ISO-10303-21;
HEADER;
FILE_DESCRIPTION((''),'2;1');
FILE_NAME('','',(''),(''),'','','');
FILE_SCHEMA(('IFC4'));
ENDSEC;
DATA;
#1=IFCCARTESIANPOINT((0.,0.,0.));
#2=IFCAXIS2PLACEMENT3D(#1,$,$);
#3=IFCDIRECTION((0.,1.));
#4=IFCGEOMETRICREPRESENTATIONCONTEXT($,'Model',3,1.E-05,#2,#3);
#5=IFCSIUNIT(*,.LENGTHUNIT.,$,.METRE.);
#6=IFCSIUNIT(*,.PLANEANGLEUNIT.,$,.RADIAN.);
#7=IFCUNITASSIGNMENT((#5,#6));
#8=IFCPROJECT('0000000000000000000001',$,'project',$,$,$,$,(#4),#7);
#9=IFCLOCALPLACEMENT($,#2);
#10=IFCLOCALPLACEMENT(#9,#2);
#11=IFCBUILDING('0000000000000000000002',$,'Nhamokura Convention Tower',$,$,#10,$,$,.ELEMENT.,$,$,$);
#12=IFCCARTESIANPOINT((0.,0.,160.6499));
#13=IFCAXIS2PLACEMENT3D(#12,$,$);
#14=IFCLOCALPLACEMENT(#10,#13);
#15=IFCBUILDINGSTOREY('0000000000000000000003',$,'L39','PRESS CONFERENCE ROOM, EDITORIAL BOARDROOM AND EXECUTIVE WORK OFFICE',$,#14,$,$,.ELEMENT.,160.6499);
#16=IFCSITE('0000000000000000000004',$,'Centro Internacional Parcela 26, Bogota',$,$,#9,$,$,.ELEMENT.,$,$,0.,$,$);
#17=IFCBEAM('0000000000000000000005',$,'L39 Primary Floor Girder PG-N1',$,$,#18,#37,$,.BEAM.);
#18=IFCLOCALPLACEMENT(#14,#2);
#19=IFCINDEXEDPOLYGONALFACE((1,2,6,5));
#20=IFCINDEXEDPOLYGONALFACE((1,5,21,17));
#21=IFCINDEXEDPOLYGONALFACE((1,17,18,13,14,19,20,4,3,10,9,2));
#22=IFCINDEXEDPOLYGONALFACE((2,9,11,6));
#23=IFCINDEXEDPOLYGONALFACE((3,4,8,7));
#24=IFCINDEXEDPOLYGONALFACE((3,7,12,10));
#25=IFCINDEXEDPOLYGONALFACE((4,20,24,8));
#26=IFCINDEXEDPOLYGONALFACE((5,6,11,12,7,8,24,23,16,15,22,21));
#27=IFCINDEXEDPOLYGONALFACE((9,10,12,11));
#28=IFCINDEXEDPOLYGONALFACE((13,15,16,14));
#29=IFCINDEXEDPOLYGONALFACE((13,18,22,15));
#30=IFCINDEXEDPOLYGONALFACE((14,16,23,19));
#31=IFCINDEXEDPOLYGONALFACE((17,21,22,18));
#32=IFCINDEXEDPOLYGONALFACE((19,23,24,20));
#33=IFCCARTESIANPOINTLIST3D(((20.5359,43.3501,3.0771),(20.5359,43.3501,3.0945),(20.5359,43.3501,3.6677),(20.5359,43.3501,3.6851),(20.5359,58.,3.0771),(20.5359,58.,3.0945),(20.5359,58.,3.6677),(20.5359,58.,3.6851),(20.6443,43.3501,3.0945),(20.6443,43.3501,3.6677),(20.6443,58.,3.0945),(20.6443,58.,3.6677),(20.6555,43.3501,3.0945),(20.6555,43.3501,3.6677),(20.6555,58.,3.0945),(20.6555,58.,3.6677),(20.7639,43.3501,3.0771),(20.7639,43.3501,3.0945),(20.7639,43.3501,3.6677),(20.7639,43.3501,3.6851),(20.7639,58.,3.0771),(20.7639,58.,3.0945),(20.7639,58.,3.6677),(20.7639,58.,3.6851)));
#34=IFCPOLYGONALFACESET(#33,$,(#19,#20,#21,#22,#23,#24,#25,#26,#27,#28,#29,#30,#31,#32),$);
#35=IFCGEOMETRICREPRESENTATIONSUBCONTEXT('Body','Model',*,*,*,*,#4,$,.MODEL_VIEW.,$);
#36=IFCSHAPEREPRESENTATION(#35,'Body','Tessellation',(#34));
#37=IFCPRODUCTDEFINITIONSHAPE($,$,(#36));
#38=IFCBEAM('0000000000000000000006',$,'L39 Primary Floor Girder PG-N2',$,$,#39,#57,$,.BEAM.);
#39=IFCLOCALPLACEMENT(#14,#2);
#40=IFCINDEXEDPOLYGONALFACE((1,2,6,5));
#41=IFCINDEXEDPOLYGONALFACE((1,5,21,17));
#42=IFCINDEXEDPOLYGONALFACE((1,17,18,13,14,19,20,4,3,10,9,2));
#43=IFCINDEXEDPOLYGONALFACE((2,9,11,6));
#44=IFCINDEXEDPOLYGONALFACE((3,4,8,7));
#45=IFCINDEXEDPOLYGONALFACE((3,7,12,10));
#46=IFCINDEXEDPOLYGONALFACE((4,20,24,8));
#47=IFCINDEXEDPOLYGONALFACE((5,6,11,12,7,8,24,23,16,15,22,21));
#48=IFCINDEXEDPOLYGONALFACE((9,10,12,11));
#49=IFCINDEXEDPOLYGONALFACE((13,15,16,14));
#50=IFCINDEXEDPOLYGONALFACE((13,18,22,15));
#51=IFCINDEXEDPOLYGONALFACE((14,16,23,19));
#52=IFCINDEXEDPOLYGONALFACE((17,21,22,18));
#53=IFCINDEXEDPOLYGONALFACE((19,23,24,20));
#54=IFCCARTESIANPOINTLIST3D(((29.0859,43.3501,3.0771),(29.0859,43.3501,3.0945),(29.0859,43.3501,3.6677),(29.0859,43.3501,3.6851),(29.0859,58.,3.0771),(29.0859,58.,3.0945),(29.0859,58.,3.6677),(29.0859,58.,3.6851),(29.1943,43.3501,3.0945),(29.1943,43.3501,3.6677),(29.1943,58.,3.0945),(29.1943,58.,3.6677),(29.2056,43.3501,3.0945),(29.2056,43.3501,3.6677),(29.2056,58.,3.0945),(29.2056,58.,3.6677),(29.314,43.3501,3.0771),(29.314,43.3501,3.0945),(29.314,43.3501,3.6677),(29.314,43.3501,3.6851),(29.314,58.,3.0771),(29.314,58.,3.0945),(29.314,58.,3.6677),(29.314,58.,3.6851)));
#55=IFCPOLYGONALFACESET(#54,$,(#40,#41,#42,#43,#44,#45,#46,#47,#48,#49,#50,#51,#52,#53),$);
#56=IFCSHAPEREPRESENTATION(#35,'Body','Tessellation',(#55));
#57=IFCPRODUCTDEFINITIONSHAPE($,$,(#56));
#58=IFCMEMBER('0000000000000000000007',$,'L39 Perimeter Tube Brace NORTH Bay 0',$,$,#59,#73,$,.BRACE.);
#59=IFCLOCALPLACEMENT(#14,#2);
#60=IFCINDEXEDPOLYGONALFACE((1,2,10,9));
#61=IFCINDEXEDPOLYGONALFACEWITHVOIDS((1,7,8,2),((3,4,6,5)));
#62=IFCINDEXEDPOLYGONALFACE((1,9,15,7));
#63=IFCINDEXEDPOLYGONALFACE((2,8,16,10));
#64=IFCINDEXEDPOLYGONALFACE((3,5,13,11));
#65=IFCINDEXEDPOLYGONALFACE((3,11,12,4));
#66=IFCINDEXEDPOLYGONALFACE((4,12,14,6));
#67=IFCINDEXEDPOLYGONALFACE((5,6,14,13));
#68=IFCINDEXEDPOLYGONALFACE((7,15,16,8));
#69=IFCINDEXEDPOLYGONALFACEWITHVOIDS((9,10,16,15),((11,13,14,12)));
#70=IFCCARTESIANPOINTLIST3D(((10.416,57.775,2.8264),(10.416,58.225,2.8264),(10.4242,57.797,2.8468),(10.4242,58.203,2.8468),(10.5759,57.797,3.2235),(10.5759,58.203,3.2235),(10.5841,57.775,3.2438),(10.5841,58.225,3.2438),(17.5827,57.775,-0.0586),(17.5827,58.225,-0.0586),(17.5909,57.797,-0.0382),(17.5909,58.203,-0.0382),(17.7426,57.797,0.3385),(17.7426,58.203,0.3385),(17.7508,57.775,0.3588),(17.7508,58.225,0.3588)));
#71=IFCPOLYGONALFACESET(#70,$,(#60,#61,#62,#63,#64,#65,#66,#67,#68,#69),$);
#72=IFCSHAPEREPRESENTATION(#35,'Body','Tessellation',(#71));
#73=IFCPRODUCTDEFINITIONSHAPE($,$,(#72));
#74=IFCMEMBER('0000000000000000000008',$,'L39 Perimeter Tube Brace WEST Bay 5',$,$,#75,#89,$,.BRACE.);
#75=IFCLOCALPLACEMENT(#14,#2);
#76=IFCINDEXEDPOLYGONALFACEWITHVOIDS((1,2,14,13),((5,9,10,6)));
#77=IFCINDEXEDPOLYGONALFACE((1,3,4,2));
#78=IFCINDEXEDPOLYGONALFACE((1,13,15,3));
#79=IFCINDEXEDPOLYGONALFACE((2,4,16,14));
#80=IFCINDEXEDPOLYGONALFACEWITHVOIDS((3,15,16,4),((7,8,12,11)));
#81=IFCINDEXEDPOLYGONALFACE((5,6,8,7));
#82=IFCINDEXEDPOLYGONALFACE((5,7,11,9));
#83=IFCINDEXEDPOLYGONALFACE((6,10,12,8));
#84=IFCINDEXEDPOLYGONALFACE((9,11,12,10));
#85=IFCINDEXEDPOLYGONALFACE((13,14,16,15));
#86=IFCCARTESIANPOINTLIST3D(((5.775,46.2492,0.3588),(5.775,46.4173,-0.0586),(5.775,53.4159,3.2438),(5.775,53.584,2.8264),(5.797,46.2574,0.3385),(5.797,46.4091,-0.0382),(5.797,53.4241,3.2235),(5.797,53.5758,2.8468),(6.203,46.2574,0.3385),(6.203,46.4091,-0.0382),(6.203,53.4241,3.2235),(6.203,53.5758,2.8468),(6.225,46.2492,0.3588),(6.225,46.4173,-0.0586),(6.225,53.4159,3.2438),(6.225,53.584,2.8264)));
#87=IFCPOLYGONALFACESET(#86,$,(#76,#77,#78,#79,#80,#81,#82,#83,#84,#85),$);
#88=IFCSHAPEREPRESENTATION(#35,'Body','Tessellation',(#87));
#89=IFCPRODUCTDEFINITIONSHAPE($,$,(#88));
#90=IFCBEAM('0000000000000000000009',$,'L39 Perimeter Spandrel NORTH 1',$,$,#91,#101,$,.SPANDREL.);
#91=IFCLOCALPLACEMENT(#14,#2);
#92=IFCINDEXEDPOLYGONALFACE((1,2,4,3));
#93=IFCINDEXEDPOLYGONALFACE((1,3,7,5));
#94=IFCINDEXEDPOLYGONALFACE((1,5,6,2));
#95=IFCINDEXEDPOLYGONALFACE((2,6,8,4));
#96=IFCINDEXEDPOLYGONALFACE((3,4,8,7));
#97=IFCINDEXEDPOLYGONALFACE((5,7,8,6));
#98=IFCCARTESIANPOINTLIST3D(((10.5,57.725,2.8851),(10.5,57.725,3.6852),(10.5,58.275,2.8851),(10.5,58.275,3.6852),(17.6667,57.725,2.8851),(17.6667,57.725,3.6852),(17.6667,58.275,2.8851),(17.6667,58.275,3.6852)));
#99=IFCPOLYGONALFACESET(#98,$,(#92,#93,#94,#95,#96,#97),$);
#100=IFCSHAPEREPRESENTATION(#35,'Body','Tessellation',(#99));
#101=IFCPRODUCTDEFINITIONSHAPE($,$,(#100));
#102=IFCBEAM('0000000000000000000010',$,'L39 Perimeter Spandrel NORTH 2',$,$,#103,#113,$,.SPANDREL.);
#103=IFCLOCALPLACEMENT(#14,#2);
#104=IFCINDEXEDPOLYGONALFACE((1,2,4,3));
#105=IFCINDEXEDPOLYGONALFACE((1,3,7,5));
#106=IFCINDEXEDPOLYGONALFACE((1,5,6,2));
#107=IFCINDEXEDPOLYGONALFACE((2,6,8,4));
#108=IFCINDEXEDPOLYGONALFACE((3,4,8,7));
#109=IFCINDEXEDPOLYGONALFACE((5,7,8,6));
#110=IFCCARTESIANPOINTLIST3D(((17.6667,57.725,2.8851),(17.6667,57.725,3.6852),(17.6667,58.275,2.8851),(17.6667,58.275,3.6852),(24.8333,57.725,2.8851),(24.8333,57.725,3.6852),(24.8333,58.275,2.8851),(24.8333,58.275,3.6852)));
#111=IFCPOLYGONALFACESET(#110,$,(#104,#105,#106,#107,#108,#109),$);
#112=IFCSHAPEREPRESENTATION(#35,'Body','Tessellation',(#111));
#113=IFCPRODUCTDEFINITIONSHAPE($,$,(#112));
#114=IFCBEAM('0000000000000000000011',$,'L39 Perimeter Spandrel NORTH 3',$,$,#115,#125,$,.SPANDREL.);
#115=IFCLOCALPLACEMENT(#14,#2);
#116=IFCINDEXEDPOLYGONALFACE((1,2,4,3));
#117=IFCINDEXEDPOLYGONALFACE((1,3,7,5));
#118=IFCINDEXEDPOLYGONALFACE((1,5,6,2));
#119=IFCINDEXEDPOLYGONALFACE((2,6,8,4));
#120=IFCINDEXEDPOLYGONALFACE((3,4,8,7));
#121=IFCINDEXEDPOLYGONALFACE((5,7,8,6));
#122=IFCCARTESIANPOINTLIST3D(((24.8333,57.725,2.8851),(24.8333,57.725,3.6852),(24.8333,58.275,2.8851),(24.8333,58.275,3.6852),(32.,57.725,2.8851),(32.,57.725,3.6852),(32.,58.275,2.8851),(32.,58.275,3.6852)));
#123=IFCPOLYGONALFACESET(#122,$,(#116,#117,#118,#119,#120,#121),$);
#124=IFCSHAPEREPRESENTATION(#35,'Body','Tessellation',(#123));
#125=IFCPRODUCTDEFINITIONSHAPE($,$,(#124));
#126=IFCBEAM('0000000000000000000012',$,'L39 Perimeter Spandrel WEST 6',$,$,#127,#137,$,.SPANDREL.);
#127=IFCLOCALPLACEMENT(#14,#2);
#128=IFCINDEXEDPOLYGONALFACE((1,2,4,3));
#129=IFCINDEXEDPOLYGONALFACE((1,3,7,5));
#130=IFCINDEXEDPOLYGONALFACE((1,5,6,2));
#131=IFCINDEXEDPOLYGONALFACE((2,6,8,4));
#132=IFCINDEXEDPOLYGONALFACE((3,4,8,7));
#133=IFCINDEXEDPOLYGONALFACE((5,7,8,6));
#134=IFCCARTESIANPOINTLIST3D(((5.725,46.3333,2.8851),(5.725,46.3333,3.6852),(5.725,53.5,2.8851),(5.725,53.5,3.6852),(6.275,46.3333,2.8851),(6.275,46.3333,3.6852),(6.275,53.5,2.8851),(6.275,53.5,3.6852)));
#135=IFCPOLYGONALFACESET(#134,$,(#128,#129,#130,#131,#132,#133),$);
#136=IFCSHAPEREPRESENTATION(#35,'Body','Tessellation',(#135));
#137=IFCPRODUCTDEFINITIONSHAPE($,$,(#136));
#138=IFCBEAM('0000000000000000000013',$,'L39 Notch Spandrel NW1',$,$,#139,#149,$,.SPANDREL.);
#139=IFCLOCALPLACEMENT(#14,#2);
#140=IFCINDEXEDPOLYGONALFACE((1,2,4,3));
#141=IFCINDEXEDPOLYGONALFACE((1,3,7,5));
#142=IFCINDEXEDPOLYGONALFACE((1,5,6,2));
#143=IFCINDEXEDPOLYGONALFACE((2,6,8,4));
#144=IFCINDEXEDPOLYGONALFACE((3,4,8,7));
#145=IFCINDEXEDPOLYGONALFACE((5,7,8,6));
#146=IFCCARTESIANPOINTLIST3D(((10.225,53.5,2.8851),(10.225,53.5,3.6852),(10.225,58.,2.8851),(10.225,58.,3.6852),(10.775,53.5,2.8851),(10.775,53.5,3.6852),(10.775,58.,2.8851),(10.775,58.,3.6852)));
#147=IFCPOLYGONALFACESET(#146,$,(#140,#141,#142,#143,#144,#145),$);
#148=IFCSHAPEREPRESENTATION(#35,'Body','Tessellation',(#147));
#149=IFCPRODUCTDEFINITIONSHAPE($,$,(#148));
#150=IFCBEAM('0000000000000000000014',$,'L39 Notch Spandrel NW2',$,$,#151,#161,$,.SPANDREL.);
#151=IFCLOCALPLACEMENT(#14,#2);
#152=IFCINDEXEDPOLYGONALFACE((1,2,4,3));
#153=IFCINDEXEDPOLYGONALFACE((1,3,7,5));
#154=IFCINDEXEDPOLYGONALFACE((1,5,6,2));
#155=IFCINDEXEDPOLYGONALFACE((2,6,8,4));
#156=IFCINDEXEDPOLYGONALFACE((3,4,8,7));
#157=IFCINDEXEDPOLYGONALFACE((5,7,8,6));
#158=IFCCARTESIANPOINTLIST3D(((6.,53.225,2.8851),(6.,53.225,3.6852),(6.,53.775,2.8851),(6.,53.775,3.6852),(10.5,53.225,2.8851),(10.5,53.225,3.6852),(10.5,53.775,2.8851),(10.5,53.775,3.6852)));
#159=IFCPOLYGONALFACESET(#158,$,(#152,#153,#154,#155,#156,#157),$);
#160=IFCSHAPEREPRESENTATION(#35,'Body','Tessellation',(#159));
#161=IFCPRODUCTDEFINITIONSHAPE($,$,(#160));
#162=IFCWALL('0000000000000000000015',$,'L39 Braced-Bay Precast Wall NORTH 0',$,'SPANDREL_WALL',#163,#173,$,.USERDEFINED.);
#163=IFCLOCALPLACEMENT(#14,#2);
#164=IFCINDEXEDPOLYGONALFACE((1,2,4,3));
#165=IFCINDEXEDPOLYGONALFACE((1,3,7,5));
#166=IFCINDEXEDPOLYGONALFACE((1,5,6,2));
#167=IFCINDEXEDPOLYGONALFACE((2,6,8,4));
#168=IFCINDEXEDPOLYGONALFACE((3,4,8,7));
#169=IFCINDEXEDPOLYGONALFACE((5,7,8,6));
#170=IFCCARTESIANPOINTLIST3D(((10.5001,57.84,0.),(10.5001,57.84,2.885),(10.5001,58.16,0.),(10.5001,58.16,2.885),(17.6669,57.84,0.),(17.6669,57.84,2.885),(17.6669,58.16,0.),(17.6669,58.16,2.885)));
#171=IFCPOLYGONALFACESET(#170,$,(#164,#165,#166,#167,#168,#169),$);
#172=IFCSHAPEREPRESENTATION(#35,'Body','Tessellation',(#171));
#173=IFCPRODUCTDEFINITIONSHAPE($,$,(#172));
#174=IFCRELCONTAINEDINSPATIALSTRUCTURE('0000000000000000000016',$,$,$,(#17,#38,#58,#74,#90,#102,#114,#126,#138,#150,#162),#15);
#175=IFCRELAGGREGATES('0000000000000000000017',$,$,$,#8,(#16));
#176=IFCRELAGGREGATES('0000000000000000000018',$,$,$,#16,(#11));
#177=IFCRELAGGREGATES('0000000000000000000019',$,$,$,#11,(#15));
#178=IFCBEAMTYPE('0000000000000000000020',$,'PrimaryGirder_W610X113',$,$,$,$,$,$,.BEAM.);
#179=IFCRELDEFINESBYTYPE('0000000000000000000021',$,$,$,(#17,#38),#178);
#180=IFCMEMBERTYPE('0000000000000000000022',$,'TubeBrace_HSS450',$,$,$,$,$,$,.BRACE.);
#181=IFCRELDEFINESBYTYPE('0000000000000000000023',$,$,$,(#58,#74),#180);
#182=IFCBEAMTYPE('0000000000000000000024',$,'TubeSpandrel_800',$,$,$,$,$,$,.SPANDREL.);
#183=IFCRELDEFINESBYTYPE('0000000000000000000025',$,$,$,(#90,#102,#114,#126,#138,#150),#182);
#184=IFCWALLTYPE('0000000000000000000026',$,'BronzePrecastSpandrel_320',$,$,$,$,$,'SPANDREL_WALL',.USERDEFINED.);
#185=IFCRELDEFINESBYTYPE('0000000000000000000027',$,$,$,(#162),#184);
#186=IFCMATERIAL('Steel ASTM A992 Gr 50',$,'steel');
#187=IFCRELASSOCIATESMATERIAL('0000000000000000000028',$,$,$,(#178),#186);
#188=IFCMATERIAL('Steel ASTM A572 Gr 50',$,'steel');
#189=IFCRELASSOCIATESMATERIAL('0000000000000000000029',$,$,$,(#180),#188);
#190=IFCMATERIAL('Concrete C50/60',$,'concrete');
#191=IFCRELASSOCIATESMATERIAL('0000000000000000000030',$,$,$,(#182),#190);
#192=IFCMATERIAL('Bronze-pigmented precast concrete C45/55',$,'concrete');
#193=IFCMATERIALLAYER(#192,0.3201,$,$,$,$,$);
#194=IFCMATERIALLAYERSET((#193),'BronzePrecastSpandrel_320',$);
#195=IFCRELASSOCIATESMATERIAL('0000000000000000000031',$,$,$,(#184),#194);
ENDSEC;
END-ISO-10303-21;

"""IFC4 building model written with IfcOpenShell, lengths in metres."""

from ifc_helpers import new_model, si_unit, direction, frame, frame_2d, origin, origin_2d, place, context, subcontext, project, spatial, rectangle, hollow_rectangle, i_section, extrude, material, layer, layer_set, material_profile, profile_set, type_object, element, save


model = new_model("IFC4")

# Units and contexts
model_context = context("Model", 3, precision=1e-05, world=origin(), true_north=direction((0.0, 1.0)))
body_context = subcontext(model_context, "Body", "Model", "MODEL_VIEW")
ifc_project = project(units=[si_unit("LENGTHUNIT", "METRE"), si_unit("PLANEANGLEUNIT", "RADIAN")], contexts=[model_context])

# Site, building, storey
site_placement = place(None, origin())
site = spatial("IfcSite", under=ifc_project, at=site_placement, Name="Centro Internacional Parcela 26, Bogota", CompositionType="ELEMENT", RefElevation=0.0)
building_placement = place(site_placement, origin())
building = spatial("IfcBuilding", under=site, at=building_placement, Name="Nhamokura Convention Tower", CompositionType="ELEMENT")
storey_placement = place(building_placement, frame((0.0, 0.0, 160.6499)))
storey = spatial("IfcBuildingStorey", under=building, at=storey_placement, Name="L39", Description="PRESS CONFERENCE ROOM, EDITORIAL BOARDROOM AND EXECUTIVE WORK OFFICE", CompositionType="ELEMENT", Elevation=160.6499)

# Beams
ifc_material_1 = material(Name="Steel ASTM A992 Gr 50", Category="steel")
ifc_material_profile_1 = material_profile(ifc_material_1, i_section(OverallWidth=0.228, OverallDepth=0.6079, WebThickness=0.0112, FlangeThickness=0.0173, at=origin_2d()))
ifc_profile_set_1 = profile_set([ifc_material_profile_1], Name="Steel ASTM A992 Gr 50")
beam_type_1 = type_object("IfcBeamType", Name="PrimaryGirder_W610X113", PredefinedType="BEAM", material=ifc_profile_set_1)
for number, where, z_axis, x_axis, name in (
    (1, (20.6499, 43.3501, 3.3811), (0.0, 1.0, 0.0), (-1.0, 0.0, 0.0), "L39 Primary Floor Girder PG-N1"),
    (2, (29.2, 43.3501, 3.3811), (0.0, 1.0, 0.0), (-1.0, 0.0, 0.0), "L39 Primary Floor Girder PG-N2"),
):
    element("IfcBeam", number, at=place(storey_placement, frame(where, z_axis=z_axis, x_axis=x_axis)), inside=storey, type_object=beam_type_1, Name=name, PredefinedType="BEAM", context=body_context, shape_type="SweptSolid", body=[
        extrude(i_section(OverallWidth=0.228, OverallDepth=0.6079, WebThickness=0.0112, FlangeThickness=0.0173, at=origin_2d()), origin(), (0.0, 0.0, 1.0), 14.6499),
    ])

# Members
ifc_material_2 = material(Name="Steel ASTM A572 Gr 50", Category="steel")
ifc_material_profile_2 = material_profile(ifc_material_2, hollow_rectangle(XDim=0.45, YDim=0.45, WallThickness=0.022, at=origin_2d()))
ifc_profile_set_2 = profile_set([ifc_material_profile_2], Name="Steel ASTM A572 Gr 50")
member_type_1 = type_object("IfcMemberType", Name="TubeBrace_HSS450", PredefinedType="BRACE", material=ifc_profile_set_2)
for number, where, z_axis, x_axis, name in (
    (3, (17.6667, 58.0, 0.1501), (-0.927657, 0.0, 0.373433), (0.0, -1.0, 0.0), "L39 Perimeter Tube Brace NORTH Bay 0"),
    (4, (6.0, 46.3333, 0.1501), (0.0, 0.927657, 0.373433), (-1.0, 0.0, 0.0), "L39 Perimeter Tube Brace WEST Bay 5"),
):
    element("IfcMember", number, at=place(storey_placement, frame(where, z_axis=z_axis, x_axis=x_axis)), inside=storey, type_object=member_type_1, Name=name, PredefinedType="BRACE", context=body_context, shape_type="SweptSolid", body=[
        extrude(hollow_rectangle(XDim=0.45, YDim=0.45, WallThickness=0.022, at=origin_2d()), origin(), (0.0, 0.0, 1.0), 7.7256),
    ])

# Beams
ifc_material_3 = material(Name="Concrete C50/60", Category="concrete")
ifc_material_profile_3 = material_profile(ifc_material_3, rectangle(XDim=0.55, YDim=0.8, at=origin_2d()))
ifc_profile_set_3 = profile_set([ifc_material_profile_3], Name="Concrete C50/60")
beam_type_2 = type_object("IfcBeamType", Name="TubeSpandrel_800", PredefinedType="SPANDREL", material=ifc_profile_set_3)
beam_1_placement = place(storey_placement, frame((10.5, 58.0, 3.2852), z_axis=(1.0, 0.0, 0.0), x_axis=(0.0, 1.0, 0.0)))
element("IfcBeam", 5, at=beam_1_placement, inside=storey, type_object=beam_type_2, Name="L39 Perimeter Spandrel NORTH 1", PredefinedType="SPANDREL", context=body_context, shape_type="SweptSolid", body=[
    extrude(rectangle(XDim=0.55, YDim=0.8, at=origin_2d()), origin(), (0.0, 0.0, 1.0), 7.1667),
])
beam_2_placement = place(storey_placement, frame((17.6667, 58.0, 3.2852), z_axis=(1.0, 0.0, 0.0), x_axis=(0.0, 1.0, 0.0)))
element("IfcBeam", 6, at=beam_2_placement, inside=storey, type_object=beam_type_2, Name="L39 Perimeter Spandrel NORTH 2", PredefinedType="SPANDREL", context=body_context, shape_type="SweptSolid", body=[
    extrude(rectangle(XDim=0.55, YDim=0.8, at=origin_2d()), origin(), (0.0, 0.0, 1.0), 7.1665),
])
for number, where, z_axis, x_axis, name in (
    (7, (24.8333, 58.0, 3.2852), (1.0, 0.0, 0.0), (0.0, 1.0, 0.0), "L39 Perimeter Spandrel NORTH 3"),
    (8, (6.0, 46.3333, 3.2852), (0.0, 1.0, 0.0), (-1.0, 0.0, 0.0), "L39 Perimeter Spandrel WEST 6"),
):
    element("IfcBeam", number, at=place(storey_placement, frame(where, z_axis=z_axis, x_axis=x_axis)), inside=storey, type_object=beam_type_2, Name=name, PredefinedType="SPANDREL", context=body_context, shape_type="SweptSolid", body=[
        extrude(rectangle(XDim=0.55, YDim=0.8, at=origin_2d()), origin(), (0.0, 0.0, 1.0), 7.1667),
    ])
for number, where, z_axis, x_axis, name in (
    (9, (10.5, 58.0, 3.2852), (0.0, -1.0, 0.0), (1.0, 0.0, 0.0), "L39 Notch Spandrel NW1"),
    (10, (10.5, 53.5, 3.2852), (-1.0, 0.0, 0.0), (0.0, -1.0, 0.0), "L39 Notch Spandrel NW2"),
):
    element("IfcBeam", number, at=place(storey_placement, frame(where, z_axis=z_axis, x_axis=x_axis)), inside=storey, type_object=beam_type_2, Name=name, PredefinedType="SPANDREL", context=body_context, shape_type="SweptSolid", body=[
        extrude(rectangle(XDim=0.55, YDim=0.8, at=origin_2d()), origin(), (0.0, 0.0, 1.0), 4.5),
    ])

# Wall
ifc_material_4 = material(Name="Bronze-pigmented precast concrete C45/55", Category="concrete")
ifc_layer_1 = layer(ifc_material_4, 0.3201)
ifc_layer_set_1 = layer_set([ifc_layer_1], Name="BronzePrecastSpandrel_320")
wall_type_1 = type_object("IfcWallType", Name="BronzePrecastSpandrel_320", ElementType="SPANDREL_WALL", PredefinedType="USERDEFINED", material=ifc_layer_set_1)
wall_1_placement = place(storey_placement, frame((10.5, 58.0, 0.0), z_axis=(0.0, 0.0, 1.0), x_axis=(1.0, 0.0, 0.0)))
element("IfcWall", 11, at=wall_1_placement, inside=storey, type_object=wall_type_1, Name="L39 Braced-Bay Precast Wall NORTH 0", ObjectType="SPANDREL_WALL", PredefinedType="USERDEFINED", context=body_context, shape_type="SweptSolid", body=[
    extrude(rectangle(XDim=7.1667, YDim=0.3201, at=frame_2d((3.5835, 0.0))), origin(), (0.0, 0.0, 1.0), 2.885),
])

save(model, "model.ifc")
